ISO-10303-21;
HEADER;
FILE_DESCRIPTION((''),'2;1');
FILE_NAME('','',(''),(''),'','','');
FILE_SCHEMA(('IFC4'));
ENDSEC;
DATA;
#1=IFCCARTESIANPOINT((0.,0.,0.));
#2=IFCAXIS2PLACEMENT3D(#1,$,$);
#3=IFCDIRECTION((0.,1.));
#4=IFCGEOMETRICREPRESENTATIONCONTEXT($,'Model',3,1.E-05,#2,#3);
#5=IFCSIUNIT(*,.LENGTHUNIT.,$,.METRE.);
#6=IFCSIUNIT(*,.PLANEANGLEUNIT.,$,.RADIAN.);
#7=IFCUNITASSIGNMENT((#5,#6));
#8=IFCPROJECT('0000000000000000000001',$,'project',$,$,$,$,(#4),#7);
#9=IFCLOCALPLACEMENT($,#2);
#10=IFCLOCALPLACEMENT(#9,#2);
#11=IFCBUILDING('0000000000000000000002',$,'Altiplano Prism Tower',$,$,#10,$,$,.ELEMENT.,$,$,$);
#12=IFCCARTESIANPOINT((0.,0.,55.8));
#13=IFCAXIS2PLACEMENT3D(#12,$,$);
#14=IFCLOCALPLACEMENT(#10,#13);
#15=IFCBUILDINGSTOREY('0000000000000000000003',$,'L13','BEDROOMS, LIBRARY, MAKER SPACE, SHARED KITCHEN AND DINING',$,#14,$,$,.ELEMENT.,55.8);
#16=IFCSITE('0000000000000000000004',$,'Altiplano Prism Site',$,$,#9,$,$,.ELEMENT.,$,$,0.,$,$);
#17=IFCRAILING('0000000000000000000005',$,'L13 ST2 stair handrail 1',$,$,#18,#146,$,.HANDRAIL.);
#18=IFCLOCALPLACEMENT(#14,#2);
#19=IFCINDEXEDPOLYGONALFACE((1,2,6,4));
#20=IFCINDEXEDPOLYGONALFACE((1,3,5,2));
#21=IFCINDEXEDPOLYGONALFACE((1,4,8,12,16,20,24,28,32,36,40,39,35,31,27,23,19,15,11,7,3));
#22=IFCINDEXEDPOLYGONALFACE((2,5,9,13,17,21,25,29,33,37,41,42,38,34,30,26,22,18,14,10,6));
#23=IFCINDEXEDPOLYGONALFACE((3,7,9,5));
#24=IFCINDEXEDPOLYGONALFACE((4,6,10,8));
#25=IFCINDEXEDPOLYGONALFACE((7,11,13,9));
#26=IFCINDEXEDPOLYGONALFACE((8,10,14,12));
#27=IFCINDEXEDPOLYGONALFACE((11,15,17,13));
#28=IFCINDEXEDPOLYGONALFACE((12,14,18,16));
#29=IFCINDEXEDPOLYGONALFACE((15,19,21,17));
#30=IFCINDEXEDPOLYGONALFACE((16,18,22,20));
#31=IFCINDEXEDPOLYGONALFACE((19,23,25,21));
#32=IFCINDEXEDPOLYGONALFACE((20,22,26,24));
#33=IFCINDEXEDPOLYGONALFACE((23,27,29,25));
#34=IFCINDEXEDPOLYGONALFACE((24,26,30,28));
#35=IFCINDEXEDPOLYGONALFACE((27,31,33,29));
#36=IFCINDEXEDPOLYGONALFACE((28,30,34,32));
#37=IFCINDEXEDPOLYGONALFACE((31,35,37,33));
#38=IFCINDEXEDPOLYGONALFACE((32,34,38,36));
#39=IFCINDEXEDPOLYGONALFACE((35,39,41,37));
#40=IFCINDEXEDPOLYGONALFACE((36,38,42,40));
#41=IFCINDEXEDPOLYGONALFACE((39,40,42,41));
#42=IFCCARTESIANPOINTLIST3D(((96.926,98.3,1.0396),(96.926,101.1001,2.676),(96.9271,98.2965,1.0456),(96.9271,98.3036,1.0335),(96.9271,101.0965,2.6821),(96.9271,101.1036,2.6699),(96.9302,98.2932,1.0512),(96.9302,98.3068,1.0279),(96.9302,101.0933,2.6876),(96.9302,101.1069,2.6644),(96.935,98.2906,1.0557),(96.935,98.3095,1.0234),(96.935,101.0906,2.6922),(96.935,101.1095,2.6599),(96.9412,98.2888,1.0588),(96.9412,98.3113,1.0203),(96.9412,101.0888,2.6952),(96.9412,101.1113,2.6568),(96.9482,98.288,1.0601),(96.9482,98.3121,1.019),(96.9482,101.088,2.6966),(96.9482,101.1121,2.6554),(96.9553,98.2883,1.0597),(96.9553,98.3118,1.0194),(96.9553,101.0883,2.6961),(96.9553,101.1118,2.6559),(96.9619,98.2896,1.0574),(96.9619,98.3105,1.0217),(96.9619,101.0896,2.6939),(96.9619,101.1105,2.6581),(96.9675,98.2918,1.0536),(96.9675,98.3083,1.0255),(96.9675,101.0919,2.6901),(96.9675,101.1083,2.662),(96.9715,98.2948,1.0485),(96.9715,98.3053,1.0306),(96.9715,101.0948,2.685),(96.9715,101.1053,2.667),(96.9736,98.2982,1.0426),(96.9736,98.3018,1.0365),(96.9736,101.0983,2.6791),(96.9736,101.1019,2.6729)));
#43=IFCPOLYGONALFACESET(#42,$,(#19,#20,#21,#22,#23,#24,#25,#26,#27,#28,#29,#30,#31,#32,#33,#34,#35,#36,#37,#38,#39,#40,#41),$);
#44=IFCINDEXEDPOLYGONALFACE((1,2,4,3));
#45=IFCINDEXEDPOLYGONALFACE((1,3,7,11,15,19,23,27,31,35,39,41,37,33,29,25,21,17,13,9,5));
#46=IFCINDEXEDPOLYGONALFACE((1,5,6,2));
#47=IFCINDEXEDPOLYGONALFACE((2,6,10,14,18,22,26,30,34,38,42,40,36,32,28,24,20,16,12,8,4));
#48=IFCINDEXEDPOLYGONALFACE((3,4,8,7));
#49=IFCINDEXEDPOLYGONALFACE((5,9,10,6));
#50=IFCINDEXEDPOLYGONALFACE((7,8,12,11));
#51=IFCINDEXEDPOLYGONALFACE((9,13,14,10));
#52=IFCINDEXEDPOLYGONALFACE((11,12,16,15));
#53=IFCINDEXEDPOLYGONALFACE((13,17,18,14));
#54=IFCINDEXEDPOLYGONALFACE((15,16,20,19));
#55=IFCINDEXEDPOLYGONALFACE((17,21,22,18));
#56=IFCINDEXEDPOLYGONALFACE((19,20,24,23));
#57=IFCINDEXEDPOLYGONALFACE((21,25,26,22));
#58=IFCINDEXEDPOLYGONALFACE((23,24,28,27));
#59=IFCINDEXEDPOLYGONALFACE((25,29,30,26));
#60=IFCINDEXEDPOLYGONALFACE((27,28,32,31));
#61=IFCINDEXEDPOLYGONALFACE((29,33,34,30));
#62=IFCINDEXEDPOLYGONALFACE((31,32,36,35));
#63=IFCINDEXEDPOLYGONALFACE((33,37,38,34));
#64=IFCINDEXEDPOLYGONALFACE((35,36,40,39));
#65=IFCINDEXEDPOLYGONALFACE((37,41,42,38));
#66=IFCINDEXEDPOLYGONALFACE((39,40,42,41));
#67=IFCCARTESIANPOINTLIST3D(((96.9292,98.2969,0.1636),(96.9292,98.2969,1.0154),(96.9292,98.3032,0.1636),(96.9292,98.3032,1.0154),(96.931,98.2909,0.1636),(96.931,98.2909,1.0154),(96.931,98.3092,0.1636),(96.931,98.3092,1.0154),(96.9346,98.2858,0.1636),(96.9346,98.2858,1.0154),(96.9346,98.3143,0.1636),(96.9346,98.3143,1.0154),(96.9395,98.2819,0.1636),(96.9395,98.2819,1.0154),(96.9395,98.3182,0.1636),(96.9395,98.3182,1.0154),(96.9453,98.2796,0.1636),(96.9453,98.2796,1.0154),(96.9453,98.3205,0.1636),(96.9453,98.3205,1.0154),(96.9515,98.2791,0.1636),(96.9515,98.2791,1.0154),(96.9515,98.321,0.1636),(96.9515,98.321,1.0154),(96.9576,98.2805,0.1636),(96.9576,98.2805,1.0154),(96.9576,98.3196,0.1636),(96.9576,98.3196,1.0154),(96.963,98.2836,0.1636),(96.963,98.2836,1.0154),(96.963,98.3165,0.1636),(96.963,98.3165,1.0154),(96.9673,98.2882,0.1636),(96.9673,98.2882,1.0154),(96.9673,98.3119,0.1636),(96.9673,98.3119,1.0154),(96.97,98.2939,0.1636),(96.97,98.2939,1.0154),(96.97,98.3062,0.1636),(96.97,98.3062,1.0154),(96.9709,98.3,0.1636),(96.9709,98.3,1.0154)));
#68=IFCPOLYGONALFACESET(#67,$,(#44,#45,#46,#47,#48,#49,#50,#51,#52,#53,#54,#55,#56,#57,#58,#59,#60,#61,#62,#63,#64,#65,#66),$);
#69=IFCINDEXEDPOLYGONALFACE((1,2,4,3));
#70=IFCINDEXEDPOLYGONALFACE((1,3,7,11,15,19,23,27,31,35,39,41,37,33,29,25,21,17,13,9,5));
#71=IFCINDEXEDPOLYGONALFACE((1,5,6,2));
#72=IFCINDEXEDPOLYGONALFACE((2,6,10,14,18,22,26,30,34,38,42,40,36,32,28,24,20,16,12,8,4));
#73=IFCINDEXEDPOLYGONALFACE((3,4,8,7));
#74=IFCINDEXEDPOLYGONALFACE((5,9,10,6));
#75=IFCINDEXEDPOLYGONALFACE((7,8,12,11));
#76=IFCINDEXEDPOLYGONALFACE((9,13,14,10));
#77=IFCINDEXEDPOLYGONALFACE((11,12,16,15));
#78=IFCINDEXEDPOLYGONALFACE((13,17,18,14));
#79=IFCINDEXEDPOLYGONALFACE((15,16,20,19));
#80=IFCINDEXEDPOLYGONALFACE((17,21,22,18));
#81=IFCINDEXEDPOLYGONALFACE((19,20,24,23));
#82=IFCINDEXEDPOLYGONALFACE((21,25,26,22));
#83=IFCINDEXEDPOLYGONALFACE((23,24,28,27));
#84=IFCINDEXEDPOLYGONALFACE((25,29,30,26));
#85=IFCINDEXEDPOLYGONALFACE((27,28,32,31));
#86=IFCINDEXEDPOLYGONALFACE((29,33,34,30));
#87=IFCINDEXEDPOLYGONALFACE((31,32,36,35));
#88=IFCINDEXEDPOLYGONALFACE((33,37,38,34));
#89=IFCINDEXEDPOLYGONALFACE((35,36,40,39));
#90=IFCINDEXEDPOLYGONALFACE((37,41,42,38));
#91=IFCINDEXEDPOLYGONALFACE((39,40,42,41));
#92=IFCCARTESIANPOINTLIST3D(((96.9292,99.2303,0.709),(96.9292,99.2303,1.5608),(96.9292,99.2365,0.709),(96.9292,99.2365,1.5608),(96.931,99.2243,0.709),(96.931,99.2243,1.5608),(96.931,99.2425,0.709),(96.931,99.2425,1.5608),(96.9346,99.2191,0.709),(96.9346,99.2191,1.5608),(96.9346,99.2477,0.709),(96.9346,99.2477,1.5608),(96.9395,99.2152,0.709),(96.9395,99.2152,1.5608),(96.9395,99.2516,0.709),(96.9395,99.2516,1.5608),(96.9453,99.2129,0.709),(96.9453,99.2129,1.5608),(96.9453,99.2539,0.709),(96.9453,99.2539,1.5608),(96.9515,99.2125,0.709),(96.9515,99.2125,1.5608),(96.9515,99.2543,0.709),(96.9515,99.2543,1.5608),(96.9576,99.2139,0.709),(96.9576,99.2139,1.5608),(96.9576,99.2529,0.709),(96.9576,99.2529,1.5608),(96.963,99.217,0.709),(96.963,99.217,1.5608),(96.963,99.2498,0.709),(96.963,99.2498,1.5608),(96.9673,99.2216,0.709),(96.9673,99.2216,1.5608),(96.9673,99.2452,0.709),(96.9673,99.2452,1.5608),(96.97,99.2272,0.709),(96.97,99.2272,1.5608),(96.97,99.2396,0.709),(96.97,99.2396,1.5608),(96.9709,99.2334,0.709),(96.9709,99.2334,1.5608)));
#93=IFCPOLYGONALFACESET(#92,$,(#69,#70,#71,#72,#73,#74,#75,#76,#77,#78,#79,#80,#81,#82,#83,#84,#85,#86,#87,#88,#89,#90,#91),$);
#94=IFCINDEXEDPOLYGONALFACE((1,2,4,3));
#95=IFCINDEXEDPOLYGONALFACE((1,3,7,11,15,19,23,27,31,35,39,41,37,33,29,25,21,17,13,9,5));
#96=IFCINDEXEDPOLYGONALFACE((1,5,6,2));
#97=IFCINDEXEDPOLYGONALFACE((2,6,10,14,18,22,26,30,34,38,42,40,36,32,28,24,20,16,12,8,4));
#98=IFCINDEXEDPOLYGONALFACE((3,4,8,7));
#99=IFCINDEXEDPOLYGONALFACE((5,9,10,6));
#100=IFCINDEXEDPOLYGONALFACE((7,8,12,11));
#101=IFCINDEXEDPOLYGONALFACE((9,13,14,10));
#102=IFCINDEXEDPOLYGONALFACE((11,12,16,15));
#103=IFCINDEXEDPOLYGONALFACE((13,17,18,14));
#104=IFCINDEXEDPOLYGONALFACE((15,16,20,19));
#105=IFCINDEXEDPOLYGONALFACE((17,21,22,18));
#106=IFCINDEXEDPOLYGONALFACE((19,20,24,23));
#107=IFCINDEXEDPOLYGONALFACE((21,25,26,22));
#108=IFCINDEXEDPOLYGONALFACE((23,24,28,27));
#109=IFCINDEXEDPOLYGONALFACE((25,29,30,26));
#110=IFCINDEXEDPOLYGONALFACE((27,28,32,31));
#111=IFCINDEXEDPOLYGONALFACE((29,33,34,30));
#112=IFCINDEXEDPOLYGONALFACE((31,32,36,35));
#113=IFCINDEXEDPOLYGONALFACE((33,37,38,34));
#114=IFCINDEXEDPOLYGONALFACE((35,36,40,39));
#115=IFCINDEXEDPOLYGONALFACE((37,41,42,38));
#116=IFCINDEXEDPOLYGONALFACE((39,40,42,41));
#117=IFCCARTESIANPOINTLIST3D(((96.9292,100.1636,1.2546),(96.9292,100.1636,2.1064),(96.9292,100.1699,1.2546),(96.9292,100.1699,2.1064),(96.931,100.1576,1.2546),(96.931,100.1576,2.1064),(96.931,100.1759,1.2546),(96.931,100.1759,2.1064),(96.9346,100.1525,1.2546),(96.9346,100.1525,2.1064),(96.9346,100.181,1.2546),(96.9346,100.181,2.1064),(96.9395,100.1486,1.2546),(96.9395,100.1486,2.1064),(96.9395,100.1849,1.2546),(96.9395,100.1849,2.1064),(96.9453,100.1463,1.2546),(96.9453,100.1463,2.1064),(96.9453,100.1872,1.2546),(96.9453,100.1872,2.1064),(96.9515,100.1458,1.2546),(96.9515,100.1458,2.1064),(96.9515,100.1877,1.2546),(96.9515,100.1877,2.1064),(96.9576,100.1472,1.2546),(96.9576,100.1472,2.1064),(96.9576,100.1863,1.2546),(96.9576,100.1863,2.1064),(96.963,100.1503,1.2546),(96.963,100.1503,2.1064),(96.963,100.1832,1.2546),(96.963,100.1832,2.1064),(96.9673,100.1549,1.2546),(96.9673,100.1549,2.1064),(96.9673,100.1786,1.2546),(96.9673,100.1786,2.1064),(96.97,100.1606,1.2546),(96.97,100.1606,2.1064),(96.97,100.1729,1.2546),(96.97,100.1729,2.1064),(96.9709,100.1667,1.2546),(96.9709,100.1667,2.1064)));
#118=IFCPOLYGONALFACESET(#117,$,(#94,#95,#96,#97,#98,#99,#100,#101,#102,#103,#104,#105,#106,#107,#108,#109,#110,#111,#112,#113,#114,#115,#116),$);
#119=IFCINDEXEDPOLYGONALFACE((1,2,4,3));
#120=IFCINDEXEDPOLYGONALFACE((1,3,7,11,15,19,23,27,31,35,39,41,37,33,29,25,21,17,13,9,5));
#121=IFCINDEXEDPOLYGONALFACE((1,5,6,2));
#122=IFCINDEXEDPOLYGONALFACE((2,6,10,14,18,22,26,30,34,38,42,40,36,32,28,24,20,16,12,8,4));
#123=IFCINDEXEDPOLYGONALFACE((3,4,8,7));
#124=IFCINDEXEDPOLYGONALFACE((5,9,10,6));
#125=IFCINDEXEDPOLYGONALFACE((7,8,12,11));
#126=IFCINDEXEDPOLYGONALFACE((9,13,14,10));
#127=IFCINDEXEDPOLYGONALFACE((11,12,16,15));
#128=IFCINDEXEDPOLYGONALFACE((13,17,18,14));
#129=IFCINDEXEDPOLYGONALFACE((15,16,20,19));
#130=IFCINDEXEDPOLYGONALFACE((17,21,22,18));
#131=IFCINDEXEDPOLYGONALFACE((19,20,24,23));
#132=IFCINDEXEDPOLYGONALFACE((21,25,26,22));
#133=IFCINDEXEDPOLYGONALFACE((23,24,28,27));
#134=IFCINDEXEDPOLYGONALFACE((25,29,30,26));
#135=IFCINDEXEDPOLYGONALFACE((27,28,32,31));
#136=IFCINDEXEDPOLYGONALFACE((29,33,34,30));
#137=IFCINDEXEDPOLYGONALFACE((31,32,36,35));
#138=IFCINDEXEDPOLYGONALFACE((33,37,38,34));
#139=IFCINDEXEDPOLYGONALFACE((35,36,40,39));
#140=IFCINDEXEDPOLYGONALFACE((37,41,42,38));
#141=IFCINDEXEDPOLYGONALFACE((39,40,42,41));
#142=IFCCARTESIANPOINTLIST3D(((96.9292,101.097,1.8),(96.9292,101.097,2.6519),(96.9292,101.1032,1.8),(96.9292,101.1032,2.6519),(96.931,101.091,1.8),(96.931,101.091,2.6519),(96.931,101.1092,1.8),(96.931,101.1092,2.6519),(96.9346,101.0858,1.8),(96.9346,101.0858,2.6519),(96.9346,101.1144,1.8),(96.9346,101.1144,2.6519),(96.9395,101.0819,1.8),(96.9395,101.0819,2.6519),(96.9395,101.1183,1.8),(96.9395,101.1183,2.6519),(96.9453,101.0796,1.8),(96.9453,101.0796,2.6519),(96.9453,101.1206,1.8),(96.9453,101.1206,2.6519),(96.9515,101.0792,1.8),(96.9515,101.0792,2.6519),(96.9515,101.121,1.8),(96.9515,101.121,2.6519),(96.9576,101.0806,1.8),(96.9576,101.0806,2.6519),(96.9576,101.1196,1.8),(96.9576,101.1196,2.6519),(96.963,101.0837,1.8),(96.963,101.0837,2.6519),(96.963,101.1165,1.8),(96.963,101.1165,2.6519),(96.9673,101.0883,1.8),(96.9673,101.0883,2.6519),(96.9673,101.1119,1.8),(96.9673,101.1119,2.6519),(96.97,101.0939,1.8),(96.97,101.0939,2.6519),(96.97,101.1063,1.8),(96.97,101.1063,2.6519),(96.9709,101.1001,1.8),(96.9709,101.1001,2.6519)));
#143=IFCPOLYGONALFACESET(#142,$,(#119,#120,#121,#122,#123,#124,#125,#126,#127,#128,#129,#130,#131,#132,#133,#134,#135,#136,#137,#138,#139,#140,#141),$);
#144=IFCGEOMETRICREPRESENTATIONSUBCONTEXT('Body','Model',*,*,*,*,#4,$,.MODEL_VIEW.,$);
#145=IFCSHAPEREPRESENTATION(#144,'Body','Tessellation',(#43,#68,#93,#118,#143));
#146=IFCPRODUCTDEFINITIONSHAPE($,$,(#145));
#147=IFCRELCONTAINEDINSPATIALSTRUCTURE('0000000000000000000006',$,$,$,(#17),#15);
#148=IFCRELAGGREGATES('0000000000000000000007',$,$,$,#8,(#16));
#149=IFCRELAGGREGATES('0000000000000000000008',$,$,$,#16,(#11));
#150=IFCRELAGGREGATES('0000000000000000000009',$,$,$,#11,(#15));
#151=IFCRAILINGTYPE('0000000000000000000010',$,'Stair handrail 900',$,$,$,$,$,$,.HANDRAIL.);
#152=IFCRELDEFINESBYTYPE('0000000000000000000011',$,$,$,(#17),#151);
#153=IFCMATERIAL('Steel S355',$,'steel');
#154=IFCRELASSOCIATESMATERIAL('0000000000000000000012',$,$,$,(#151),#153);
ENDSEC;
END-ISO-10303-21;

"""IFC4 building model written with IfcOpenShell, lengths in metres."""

from ifc_helpers import new_model, si_unit, direction, frame, origin, origin_2d, place, context, subcontext, project, spatial, circle, extrude, material, type_object, element, save


model = new_model("IFC4")

# Units and contexts
model_context = context("Model", 3, precision=1e-05, world=origin(), true_north=direction((0.0, 1.0)))
body_context = subcontext(model_context, "Body", "Model", "MODEL_VIEW")
ifc_project = project(units=[si_unit("LENGTHUNIT", "METRE"), si_unit("PLANEANGLEUNIT", "RADIAN")], contexts=[model_context])

# Site, building, storey
site_placement = place(None, origin())
site = spatial("IfcSite", under=ifc_project, at=site_placement, Name="Altiplano Prism Site", CompositionType="ELEMENT", RefElevation=0.0)
building_placement = place(site_placement, origin())
building = spatial("IfcBuilding", under=site, at=building_placement, Name="Altiplano Prism Tower", CompositionType="ELEMENT")
storey_placement = place(building_placement, frame((0.0, 0.0, 55.8)))
storey = spatial("IfcBuildingStorey", under=building, at=storey_placement, Name="L13", Description="BEDROOMS, LIBRARY, MAKER SPACE, SHARED KITCHEN AND DINING", CompositionType="ELEMENT", Elevation=55.8)

# Railing
ifc_material_1 = material(Name="Steel S355", Category="steel")
railing_type = type_object("IfcRailingType", Name="Stair handrail 900", PredefinedType="HANDRAIL", material=ifc_material_1)
railing_placement = place(storey_placement, frame((96.95, 98.3, 0.1636)))
element("IfcRailing", 1, at=railing_placement, inside=storey, type_object=railing_type, Name="L13 ST2 stair handrail 1", PredefinedType="HANDRAIL", context=body_context, shape_type="SweptSolid", body=[
    extrude(circle(Radius=0.0239, at=origin_2d()), frame((0.0, 0.0, 0.876), z_axis=(0.0, 0.863361, 0.504587), x_axis=(-1.0, 0.0, 0.0)), (0.0, 0.0, 1.0), 3.2432),
    extrude(circle(Radius=0.021, at=origin_2d()), origin(), (0.0, 0.0, 1.0), 0.8518),
    extrude(circle(Radius=0.021, at=origin_2d()), frame((0.0, 0.9333, 0.5454)), (0.0, 0.0, 1.0), 0.8518),
    extrude(circle(Radius=0.021, at=origin_2d()), frame((0.0, 1.8667, 1.0911)), (0.0, 0.0, 1.0), 0.8518),
    extrude(circle(Radius=0.021, at=origin_2d()), frame((0.0, 2.8, 1.6365)), (0.0, 0.0, 1.0), 0.8518),
])

save(model, "model.ifc")
